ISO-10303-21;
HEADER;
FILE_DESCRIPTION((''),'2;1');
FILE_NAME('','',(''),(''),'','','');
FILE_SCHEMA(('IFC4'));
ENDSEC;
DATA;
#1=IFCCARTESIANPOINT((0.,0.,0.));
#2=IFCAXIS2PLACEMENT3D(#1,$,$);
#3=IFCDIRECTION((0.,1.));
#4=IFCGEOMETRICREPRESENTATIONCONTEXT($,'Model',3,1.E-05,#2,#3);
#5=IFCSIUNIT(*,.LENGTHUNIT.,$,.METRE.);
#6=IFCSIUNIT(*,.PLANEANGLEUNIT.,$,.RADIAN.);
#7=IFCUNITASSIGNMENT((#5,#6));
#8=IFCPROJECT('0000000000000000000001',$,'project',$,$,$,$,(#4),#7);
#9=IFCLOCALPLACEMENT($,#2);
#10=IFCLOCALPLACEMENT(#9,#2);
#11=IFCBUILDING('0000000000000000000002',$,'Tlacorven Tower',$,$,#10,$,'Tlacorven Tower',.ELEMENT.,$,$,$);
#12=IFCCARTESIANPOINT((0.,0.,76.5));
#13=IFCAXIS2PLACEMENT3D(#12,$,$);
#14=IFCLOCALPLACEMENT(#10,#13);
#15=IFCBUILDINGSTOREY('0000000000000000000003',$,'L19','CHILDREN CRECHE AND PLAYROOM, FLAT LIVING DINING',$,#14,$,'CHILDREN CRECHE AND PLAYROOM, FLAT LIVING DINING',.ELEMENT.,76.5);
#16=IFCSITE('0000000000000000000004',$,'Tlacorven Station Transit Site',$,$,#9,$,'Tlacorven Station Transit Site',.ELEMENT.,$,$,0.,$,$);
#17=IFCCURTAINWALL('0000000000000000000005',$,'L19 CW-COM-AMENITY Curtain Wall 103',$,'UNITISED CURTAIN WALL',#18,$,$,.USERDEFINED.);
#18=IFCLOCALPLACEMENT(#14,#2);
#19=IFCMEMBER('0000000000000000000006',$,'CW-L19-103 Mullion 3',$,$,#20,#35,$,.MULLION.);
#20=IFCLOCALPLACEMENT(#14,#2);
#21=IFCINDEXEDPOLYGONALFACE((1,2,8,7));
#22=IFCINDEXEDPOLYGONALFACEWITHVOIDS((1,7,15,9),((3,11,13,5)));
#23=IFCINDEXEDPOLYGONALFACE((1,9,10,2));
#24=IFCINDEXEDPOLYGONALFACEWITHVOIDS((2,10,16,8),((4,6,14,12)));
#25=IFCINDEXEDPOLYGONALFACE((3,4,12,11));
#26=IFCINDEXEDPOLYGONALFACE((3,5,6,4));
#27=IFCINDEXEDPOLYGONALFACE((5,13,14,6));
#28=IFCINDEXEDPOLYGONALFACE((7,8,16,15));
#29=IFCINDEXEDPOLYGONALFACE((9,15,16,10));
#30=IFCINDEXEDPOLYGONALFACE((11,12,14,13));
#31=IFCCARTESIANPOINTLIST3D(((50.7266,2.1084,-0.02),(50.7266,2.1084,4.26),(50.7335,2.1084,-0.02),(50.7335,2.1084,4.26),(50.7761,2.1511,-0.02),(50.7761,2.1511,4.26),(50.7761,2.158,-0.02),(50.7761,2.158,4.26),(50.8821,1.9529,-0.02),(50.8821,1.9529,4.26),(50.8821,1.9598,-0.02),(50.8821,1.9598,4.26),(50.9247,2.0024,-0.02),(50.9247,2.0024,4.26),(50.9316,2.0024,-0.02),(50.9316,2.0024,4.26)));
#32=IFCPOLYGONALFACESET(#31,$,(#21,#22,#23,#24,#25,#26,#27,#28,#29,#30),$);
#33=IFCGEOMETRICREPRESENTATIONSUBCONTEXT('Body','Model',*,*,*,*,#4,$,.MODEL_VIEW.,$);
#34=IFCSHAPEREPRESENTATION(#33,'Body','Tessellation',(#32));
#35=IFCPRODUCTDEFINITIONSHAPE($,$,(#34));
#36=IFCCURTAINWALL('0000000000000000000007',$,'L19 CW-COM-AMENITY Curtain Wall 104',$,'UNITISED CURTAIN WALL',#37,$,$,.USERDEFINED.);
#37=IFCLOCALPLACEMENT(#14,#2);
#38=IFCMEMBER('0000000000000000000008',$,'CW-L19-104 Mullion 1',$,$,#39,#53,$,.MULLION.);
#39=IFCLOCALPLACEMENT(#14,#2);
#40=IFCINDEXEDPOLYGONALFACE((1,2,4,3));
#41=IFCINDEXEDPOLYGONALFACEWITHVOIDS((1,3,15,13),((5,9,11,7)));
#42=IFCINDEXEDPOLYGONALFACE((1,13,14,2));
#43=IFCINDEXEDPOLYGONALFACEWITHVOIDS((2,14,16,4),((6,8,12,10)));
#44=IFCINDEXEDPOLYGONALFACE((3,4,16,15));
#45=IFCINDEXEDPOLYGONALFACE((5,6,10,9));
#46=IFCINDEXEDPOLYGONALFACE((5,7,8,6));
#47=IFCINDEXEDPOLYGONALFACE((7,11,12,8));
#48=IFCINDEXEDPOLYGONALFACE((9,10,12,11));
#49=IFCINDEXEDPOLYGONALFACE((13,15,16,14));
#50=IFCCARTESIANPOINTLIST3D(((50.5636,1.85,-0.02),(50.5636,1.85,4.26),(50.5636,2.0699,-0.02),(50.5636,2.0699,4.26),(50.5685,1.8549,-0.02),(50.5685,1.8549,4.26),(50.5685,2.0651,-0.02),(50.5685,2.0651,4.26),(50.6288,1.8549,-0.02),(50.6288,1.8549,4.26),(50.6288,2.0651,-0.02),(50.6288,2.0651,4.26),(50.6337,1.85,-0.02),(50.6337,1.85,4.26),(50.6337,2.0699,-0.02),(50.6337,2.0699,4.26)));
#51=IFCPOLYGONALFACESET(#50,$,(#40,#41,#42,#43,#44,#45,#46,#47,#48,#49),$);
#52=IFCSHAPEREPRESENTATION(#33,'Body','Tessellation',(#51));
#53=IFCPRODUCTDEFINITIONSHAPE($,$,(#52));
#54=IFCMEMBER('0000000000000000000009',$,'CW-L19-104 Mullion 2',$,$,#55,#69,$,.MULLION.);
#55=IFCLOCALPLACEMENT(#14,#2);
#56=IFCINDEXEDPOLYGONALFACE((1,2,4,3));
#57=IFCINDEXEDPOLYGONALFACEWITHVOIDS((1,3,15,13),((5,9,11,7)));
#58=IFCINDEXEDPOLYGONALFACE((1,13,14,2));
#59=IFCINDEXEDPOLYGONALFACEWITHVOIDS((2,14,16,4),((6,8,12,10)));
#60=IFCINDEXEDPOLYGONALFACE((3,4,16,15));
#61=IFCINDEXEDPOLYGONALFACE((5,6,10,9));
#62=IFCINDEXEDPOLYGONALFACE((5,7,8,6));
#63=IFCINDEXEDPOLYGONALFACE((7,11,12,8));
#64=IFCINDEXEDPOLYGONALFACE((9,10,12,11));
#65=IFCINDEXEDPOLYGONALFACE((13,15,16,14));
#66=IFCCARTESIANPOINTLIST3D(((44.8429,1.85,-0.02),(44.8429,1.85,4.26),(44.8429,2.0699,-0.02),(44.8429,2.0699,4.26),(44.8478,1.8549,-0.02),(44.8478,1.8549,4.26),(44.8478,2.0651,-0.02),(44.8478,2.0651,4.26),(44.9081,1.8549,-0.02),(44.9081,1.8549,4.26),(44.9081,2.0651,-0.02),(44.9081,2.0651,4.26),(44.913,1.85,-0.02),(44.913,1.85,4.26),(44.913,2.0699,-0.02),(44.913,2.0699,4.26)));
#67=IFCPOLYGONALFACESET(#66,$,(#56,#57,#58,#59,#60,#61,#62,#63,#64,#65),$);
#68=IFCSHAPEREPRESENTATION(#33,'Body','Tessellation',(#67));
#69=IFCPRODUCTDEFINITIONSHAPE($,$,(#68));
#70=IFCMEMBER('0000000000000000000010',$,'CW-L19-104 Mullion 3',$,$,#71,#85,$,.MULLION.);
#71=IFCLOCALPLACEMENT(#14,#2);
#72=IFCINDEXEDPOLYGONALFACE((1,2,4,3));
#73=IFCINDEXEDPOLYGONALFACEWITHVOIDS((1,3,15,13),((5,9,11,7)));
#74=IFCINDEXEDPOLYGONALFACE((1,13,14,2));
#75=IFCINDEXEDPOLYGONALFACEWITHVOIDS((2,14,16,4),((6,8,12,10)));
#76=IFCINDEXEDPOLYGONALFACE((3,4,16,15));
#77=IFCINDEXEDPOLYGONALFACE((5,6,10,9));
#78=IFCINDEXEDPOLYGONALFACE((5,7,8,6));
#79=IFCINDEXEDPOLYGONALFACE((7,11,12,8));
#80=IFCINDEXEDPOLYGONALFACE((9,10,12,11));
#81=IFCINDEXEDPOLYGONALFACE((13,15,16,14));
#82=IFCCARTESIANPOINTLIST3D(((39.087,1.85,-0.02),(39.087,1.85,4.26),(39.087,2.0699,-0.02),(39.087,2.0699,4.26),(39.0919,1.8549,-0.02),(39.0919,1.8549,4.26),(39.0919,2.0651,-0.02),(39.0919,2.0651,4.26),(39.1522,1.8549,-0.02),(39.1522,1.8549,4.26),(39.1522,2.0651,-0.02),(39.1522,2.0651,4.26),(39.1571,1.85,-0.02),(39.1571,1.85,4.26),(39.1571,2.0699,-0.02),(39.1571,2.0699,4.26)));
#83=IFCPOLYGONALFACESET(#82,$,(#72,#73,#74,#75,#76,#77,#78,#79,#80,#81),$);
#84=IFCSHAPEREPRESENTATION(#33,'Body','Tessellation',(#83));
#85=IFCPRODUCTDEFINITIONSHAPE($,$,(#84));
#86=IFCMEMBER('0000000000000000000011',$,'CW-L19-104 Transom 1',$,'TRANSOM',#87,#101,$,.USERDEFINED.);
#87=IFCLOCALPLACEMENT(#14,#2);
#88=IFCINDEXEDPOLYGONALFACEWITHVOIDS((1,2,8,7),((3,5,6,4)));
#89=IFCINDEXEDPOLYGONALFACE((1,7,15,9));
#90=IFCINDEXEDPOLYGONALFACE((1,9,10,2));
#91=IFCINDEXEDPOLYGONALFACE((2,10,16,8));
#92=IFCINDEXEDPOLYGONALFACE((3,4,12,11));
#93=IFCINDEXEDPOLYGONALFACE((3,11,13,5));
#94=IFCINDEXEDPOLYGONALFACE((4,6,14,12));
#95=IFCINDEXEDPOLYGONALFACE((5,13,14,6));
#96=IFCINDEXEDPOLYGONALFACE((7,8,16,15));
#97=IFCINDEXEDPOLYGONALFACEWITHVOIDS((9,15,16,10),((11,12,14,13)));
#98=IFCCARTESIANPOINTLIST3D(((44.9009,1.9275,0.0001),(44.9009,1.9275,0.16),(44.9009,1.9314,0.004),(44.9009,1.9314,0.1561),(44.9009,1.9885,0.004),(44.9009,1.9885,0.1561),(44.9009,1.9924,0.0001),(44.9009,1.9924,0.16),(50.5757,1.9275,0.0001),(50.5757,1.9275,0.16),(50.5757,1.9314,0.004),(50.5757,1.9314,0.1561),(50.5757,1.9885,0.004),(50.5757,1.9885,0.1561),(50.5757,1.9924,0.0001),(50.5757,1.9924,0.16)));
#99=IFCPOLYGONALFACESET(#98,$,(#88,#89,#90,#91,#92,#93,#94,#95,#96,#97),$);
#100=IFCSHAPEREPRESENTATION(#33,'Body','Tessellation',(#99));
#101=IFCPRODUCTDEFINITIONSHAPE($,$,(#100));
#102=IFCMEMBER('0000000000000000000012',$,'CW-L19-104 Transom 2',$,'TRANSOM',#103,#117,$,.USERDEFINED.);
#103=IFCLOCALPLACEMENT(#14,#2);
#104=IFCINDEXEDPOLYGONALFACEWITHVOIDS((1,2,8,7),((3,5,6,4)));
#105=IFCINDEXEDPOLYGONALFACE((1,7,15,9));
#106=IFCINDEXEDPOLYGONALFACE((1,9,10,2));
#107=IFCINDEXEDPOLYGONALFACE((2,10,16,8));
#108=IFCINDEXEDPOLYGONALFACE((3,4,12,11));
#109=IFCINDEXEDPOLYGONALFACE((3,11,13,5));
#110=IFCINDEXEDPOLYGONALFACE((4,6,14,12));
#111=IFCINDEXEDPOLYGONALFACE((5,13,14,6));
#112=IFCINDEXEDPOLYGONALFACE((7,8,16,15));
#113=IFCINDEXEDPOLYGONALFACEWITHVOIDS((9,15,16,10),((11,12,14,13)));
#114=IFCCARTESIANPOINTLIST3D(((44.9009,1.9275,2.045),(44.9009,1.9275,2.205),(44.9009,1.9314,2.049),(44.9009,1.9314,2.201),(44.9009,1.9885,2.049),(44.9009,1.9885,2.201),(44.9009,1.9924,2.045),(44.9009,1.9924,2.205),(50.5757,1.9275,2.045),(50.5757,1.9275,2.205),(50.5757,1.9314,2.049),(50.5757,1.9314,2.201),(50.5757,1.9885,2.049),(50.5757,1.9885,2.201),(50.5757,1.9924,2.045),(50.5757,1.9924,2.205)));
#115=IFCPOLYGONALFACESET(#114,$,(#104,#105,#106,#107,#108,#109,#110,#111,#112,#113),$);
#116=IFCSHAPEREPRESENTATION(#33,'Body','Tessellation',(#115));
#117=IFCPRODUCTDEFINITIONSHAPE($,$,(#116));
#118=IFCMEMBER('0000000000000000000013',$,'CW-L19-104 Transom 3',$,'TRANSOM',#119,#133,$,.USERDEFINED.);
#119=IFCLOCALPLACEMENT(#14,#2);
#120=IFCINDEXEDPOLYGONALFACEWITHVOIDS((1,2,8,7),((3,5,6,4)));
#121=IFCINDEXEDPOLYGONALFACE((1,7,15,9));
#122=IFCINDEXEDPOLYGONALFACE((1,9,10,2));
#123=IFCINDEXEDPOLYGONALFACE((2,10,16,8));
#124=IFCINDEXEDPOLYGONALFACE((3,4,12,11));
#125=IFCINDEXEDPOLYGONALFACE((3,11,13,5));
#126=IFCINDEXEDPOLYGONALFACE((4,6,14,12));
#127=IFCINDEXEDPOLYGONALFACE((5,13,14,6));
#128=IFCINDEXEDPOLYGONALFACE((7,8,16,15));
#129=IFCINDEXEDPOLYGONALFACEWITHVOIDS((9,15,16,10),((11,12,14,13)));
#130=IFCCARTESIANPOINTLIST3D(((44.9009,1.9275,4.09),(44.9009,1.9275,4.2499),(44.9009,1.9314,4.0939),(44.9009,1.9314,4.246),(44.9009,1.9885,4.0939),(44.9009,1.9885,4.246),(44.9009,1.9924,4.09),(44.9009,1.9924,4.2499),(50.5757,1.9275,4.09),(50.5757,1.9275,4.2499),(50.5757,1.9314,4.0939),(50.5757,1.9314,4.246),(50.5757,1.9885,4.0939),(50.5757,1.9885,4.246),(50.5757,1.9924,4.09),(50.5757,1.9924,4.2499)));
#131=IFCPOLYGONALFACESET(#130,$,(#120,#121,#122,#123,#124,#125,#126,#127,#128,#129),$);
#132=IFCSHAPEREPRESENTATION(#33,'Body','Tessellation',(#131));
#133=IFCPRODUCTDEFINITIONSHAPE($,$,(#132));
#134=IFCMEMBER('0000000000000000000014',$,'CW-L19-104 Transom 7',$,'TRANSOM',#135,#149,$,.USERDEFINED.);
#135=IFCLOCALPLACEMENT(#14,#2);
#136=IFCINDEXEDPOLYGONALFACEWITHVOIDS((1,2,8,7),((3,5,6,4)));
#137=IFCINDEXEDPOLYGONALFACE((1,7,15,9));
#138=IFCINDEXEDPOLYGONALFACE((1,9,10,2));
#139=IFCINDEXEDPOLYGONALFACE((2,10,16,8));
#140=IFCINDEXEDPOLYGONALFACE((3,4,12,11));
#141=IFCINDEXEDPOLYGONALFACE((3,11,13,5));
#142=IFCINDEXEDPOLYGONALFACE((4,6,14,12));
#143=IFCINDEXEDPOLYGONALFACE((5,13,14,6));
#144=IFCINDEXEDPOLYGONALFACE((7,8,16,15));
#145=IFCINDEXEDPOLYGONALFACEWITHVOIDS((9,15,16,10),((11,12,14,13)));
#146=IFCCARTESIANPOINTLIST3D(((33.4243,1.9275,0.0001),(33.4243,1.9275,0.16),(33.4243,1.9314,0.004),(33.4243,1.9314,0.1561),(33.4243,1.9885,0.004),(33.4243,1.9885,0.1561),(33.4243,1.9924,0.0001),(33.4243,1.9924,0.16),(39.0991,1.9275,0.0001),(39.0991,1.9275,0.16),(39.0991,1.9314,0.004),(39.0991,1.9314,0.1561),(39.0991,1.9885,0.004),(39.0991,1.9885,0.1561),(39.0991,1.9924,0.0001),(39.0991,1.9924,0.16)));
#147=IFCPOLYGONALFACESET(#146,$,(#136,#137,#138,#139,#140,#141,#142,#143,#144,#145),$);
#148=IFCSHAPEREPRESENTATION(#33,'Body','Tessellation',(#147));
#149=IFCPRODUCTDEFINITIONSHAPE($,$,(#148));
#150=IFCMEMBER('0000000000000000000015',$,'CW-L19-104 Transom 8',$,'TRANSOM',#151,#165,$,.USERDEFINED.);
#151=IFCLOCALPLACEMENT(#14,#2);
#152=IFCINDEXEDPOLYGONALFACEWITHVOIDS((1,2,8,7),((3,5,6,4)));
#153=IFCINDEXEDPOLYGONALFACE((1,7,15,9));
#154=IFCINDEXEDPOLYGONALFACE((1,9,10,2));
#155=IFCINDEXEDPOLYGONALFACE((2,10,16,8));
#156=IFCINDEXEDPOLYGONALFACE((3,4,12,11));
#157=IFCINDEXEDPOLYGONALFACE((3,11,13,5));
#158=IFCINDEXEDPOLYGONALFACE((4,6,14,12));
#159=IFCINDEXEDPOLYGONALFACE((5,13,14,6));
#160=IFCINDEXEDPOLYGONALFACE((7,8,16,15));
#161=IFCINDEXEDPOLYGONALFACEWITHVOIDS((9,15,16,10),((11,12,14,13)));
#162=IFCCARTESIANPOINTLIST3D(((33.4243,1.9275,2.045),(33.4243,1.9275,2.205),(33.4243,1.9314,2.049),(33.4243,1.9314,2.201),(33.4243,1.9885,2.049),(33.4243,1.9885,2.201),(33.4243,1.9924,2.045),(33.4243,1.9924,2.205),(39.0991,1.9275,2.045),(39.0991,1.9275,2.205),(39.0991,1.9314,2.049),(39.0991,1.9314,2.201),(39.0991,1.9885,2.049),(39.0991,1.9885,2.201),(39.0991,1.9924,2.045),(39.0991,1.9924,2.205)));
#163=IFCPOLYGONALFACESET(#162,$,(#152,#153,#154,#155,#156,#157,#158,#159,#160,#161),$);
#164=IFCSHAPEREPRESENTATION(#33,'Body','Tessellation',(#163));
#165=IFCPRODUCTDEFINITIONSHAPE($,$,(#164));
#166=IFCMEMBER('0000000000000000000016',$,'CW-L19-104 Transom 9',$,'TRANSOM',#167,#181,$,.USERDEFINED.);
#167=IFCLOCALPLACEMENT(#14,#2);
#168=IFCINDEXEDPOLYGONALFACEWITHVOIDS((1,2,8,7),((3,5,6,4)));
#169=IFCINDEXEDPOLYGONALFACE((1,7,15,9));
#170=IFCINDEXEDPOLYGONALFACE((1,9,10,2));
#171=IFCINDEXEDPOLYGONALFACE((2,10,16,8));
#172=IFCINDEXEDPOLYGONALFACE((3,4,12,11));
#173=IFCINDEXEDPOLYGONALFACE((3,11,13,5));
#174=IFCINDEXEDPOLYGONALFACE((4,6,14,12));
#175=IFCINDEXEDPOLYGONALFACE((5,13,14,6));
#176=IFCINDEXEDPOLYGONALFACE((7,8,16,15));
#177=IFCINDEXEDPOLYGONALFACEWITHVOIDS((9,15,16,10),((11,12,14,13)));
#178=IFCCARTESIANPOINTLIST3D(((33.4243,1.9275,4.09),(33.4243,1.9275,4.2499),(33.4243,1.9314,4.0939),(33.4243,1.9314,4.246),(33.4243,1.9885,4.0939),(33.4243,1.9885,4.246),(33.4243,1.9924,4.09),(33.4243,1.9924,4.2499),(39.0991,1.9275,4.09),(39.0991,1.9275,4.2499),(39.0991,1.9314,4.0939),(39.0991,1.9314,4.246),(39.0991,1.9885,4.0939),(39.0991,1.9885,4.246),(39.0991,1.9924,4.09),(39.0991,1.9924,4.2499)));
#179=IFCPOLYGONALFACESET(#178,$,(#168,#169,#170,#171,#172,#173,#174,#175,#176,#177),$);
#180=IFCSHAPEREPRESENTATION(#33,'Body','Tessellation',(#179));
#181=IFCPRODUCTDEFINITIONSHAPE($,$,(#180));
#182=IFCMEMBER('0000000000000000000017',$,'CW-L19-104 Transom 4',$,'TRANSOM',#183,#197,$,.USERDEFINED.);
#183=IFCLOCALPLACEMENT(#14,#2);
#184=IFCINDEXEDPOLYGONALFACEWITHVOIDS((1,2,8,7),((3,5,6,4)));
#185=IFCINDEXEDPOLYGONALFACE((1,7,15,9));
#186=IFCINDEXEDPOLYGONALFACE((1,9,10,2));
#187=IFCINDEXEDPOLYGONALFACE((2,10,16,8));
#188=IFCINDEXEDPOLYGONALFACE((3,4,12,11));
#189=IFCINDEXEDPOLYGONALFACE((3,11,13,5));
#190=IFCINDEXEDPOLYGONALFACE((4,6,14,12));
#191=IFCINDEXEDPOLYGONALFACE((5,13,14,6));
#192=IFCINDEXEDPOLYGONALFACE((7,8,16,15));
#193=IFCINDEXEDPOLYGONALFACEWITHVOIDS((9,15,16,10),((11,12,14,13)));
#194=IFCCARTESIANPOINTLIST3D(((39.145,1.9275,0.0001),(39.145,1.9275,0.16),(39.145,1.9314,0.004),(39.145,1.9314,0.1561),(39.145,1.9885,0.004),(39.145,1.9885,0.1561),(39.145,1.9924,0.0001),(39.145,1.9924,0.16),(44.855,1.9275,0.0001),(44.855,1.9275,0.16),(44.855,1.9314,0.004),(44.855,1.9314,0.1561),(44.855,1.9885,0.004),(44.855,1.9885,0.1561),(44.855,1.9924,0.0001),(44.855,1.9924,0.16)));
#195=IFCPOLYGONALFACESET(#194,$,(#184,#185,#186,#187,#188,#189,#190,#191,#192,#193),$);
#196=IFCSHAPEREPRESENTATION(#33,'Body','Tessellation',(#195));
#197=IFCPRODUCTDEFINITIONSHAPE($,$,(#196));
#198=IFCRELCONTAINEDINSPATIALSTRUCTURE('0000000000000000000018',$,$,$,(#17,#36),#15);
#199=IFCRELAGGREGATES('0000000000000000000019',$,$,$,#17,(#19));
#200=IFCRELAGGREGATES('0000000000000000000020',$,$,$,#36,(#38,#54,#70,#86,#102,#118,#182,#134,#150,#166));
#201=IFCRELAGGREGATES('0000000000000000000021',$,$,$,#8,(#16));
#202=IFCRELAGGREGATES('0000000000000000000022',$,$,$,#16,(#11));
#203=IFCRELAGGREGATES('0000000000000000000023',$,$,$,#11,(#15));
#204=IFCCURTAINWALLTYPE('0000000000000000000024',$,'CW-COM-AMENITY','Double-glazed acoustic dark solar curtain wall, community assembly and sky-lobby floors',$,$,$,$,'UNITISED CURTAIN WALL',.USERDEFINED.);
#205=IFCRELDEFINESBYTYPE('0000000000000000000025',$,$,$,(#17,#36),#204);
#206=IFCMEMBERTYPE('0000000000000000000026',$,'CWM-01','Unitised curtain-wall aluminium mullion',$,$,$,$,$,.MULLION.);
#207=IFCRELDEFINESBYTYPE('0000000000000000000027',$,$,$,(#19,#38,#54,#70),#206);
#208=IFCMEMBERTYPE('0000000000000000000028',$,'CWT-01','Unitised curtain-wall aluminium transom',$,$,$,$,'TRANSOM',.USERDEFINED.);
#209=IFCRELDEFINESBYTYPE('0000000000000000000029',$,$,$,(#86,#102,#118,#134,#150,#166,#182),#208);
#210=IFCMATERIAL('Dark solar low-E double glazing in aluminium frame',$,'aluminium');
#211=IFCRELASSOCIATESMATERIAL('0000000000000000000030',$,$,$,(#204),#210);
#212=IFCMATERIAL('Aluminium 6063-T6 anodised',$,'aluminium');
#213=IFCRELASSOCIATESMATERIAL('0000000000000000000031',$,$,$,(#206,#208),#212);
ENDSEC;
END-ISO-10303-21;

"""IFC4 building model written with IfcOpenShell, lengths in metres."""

from ifc_helpers import new_model, si_unit, direction, frame, origin, origin_2d, place, context, subcontext, project, spatial, hollow_rectangle, extrude, source, transform, mapped, material, material_profile, profile_set, type_object, element, aggregate, save


model = new_model("IFC4")

# Units and contexts
model_context = context("Model", 3, precision=1e-05, world=origin(), true_north=direction((0.0, 1.0)))
body_context = subcontext(model_context, "Body", "Model", "MODEL_VIEW")
ifc_project = project(units=[si_unit("LENGTHUNIT", "METRE"), si_unit("PLANEANGLEUNIT", "RADIAN")], contexts=[model_context])

# Site, building, storey
site_placement = place(None, origin())
site = spatial("IfcSite", under=ifc_project, at=site_placement, Name="Tlacorven Station Transit Site", LongName="Tlacorven Station Transit Site", CompositionType="ELEMENT", RefElevation=0.0)
building_placement = place(site_placement, origin())
building = spatial("IfcBuilding", under=site, at=building_placement, Name="Tlacorven Tower", LongName="Tlacorven Tower", CompositionType="ELEMENT")
storey_placement = place(building_placement, frame((0.0, 0.0, 76.5)))
storey = spatial("IfcBuildingStorey", under=building, at=storey_placement, Name="L19", Description="CHILDREN CRECHE AND PLAYROOM, FLAT LIVING DINING", LongName="CHILDREN CRECHE AND PLAYROOM, FLAT LIVING DINING", CompositionType="ELEMENT", Elevation=76.5)

# Curtain wall, member
ifc_material_1 = material(Name="Dark solar low-E double glazing in aluminium frame", Category="aluminium")
curtain_wall_type = type_object("IfcCurtainWallType", Name="CW-COM-AMENITY", Description="Double-glazed acoustic dark solar curtain wall, community assembly and sky-lobby floors", ElementType="UNITISED CURTAIN WALL", PredefinedType="USERDEFINED", material=ifc_material_1)
curtain_wall_1_placement = place(storey_placement, origin())
curtain_wall_1 = element("IfcCurtainWall", 1, at=curtain_wall_1_placement, inside=storey, type_object=curtain_wall_type, Name="L19 CW-COM-AMENITY Curtain Wall 103", ObjectType="UNITISED CURTAIN WALL", PredefinedType="USERDEFINED")
ifc_material_2 = material(Name="Aluminium 6063-T6 anodised", Category="aluminium")
ifc_material_profile_1 = material_profile(ifc_material_2, hollow_rectangle(XDim=0.0701, YDim=0.22, WallThickness=0.0049, at=origin_2d()), Name="ALU MULLION 70X220")
ifc_profile_set_1 = profile_set([ifc_material_profile_1], Name="Aluminium 6063-T6 anodised")
member_type_1 = type_object("IfcMemberType", Name="CWM-01", Description="Unitised curtain-wall aluminium mullion", PredefinedType="MULLION", material=ifc_profile_set_1)
shared_shape_1 = source(origin(), body_context, "Body", "SweptSolid", [
    extrude(hollow_rectangle(XDim=0.0701, YDim=0.22, WallThickness=0.0049, at=origin_2d()), origin(), (0.0, 0.0, 1.0), 4.28),
])
member_1_placement = place(storey_placement, frame((50.8291, 2.0554, -0.02), z_axis=(0.0, 0.0, 1.0), x_axis=(-0.707107, -0.707107, 0.0)))
member_1 = element("IfcMember", 2, at=member_1_placement, type_object=member_type_1, Name="CW-L19-103 Mullion 3", PredefinedType="MULLION", context=body_context, shape_type="MappedRepresentation", body=[
    mapped(shared_shape_1, transform((0.0, 0.0, 0.0), scale=1.0)),
])
aggregate(curtain_wall_1, [member_1])

# Curtain wall, members
curtain_wall_2_placement = place(storey_placement, origin())
curtain_wall_2 = element("IfcCurtainWall", 3, at=curtain_wall_2_placement, inside=storey, type_object=curtain_wall_type, Name="L19 CW-COM-AMENITY Curtain Wall 104", ObjectType="UNITISED CURTAIN WALL", PredefinedType="USERDEFINED")
member_2_placement = place(storey_placement, frame((50.5986, 1.96, -0.02), z_axis=(0.0, 0.0, 1.0), x_axis=(-1.0, 0.0, 0.0)))
member_2 = element("IfcMember", 4, at=member_2_placement, type_object=member_type_1, Name="CW-L19-104 Mullion 1", PredefinedType="MULLION", context=body_context, shape_type="MappedRepresentation", body=[
    mapped(shared_shape_1, transform((0.0, 0.0, 0.0), scale=1.0)),
])
member_3_placement = place(storey_placement, frame((44.8779, 1.96, -0.02), z_axis=(0.0, 0.0, 1.0), x_axis=(-1.0, 0.0, 0.0)))
member_3 = element("IfcMember", 5, at=member_3_placement, type_object=member_type_1, Name="CW-L19-104 Mullion 2", PredefinedType="MULLION", context=body_context, shape_type="MappedRepresentation", body=[
    mapped(shared_shape_1, transform((0.0, 0.0, 0.0), scale=1.0)),
])
member_4_placement = place(storey_placement, frame((39.1221, 1.96, -0.02), z_axis=(0.0, 0.0, 1.0), x_axis=(-1.0, 0.0, 0.0)))
member_4 = element("IfcMember", 6, at=member_4_placement, type_object=member_type_1, Name="CW-L19-104 Mullion 3", PredefinedType="MULLION", context=body_context, shape_type="MappedRepresentation", body=[
    mapped(shared_shape_1, transform((0.0, 0.0, 0.0), scale=1.0)),
])
ifc_material_profile_2 = material_profile(ifc_material_2, hollow_rectangle(XDim=0.0649, YDim=0.1599, WallThickness=0.0039, at=origin_2d()), Name="ALU TRANSOM 65X160")
ifc_profile_set_2 = profile_set([ifc_material_profile_2], Name="Aluminium 6063-T6 anodised")
member_type_2 = type_object("IfcMemberType", Name="CWT-01", Description="Unitised curtain-wall aluminium transom", ElementType="TRANSOM", PredefinedType="USERDEFINED", material=ifc_profile_set_2)
shared_shape_2 = source(origin(), body_context, "Body", "SweptSolid", [
    extrude(hollow_rectangle(XDim=0.0649, YDim=0.1599, WallThickness=0.0039, at=origin_2d()), origin(), (0.0, 0.0, 1.0), 5.6748),
])
member_5_placement = place(storey_placement, frame((50.5757, 1.96, 0.0801), z_axis=(-1.0, 0.0, 0.0), x_axis=(0.0, -1.0, 0.0)))
member_5 = element("IfcMember", 7, at=member_5_placement, type_object=member_type_2, Name="CW-L19-104 Transom 1", ObjectType="TRANSOM", PredefinedType="USERDEFINED", context=body_context, shape_type="MappedRepresentation", body=[
    mapped(shared_shape_2, transform((0.0, 0.0, 0.0), scale=1.0)),
])
member_6_placement = place(storey_placement, frame((50.5757, 1.96, 2.125), z_axis=(-1.0, 0.0, 0.0), x_axis=(0.0, -1.0, 0.0)))
member_6 = element("IfcMember", 8, at=member_6_placement, type_object=member_type_2, Name="CW-L19-104 Transom 2", ObjectType="TRANSOM", PredefinedType="USERDEFINED", context=body_context, shape_type="MappedRepresentation", body=[
    mapped(shared_shape_2, transform((0.0, 0.0, 0.0), scale=1.0)),
])
member_7_placement = place(storey_placement, frame((50.5757, 1.96, 4.1699), z_axis=(-1.0, 0.0, 0.0), x_axis=(0.0, -1.0, 0.0)))
member_7 = element("IfcMember", 9, at=member_7_placement, type_object=member_type_2, Name="CW-L19-104 Transom 3", ObjectType="TRANSOM", PredefinedType="USERDEFINED", context=body_context, shape_type="MappedRepresentation", body=[
    mapped(shared_shape_2, transform((0.0, 0.0, 0.0), scale=1.0)),
])
member_8_placement = place(storey_placement, frame((39.0991, 1.96, 0.0801), z_axis=(-1.0, 0.0, 0.0), x_axis=(0.0, -1.0, 0.0)))
member_8 = element("IfcMember", 10, at=member_8_placement, type_object=member_type_2, Name="CW-L19-104 Transom 7", ObjectType="TRANSOM", PredefinedType="USERDEFINED", context=body_context, shape_type="MappedRepresentation", body=[
    mapped(shared_shape_2, transform((0.0, 0.0, 0.0), scale=1.0)),
])
member_9_placement = place(storey_placement, frame((39.0991, 1.96, 2.125), z_axis=(-1.0, 0.0, 0.0), x_axis=(0.0, -1.0, 0.0)))
member_9 = element("IfcMember", 11, at=member_9_placement, type_object=member_type_2, Name="CW-L19-104 Transom 8", ObjectType="TRANSOM", PredefinedType="USERDEFINED", context=body_context, shape_type="MappedRepresentation", body=[
    mapped(shared_shape_2, transform((0.0, 0.0, 0.0), scale=1.0)),
])
member_10_placement = place(storey_placement, frame((39.0991, 1.96, 4.1699), z_axis=(-1.0, 0.0, 0.0), x_axis=(0.0, -1.0, 0.0)))
member_10 = element("IfcMember", 12, at=member_10_placement, type_object=member_type_2, Name="CW-L19-104 Transom 9", ObjectType="TRANSOM", PredefinedType="USERDEFINED", context=body_context, shape_type="MappedRepresentation", body=[
    mapped(shared_shape_2, transform((0.0, 0.0, 0.0), scale=1.0)),
])
shared_shape_3 = source(origin(), body_context, "Body", "SweptSolid", [
    extrude(hollow_rectangle(XDim=0.0649, YDim=0.1599, WallThickness=0.0039, at=origin_2d()), origin(), (0.0, 0.0, 1.0), 5.71),
])
member_11_placement = place(storey_placement, frame((44.855, 1.96, 0.0801), z_axis=(-1.0, 0.0, 0.0), x_axis=(0.0, -1.0, 0.0)))
member_11 = element("IfcMember", 13, at=member_11_placement, type_object=member_type_2, Name="CW-L19-104 Transom 4", ObjectType="TRANSOM", PredefinedType="USERDEFINED", context=body_context, shape_type="MappedRepresentation", body=[
    mapped(shared_shape_3, transform((0.0, 0.0, 0.0), scale=1.0)),
])
aggregate(curtain_wall_2, [member_2, member_3, member_4, member_5, member_6, member_7, member_11, member_8, member_9, member_10])

save(model, "model.ifc")
